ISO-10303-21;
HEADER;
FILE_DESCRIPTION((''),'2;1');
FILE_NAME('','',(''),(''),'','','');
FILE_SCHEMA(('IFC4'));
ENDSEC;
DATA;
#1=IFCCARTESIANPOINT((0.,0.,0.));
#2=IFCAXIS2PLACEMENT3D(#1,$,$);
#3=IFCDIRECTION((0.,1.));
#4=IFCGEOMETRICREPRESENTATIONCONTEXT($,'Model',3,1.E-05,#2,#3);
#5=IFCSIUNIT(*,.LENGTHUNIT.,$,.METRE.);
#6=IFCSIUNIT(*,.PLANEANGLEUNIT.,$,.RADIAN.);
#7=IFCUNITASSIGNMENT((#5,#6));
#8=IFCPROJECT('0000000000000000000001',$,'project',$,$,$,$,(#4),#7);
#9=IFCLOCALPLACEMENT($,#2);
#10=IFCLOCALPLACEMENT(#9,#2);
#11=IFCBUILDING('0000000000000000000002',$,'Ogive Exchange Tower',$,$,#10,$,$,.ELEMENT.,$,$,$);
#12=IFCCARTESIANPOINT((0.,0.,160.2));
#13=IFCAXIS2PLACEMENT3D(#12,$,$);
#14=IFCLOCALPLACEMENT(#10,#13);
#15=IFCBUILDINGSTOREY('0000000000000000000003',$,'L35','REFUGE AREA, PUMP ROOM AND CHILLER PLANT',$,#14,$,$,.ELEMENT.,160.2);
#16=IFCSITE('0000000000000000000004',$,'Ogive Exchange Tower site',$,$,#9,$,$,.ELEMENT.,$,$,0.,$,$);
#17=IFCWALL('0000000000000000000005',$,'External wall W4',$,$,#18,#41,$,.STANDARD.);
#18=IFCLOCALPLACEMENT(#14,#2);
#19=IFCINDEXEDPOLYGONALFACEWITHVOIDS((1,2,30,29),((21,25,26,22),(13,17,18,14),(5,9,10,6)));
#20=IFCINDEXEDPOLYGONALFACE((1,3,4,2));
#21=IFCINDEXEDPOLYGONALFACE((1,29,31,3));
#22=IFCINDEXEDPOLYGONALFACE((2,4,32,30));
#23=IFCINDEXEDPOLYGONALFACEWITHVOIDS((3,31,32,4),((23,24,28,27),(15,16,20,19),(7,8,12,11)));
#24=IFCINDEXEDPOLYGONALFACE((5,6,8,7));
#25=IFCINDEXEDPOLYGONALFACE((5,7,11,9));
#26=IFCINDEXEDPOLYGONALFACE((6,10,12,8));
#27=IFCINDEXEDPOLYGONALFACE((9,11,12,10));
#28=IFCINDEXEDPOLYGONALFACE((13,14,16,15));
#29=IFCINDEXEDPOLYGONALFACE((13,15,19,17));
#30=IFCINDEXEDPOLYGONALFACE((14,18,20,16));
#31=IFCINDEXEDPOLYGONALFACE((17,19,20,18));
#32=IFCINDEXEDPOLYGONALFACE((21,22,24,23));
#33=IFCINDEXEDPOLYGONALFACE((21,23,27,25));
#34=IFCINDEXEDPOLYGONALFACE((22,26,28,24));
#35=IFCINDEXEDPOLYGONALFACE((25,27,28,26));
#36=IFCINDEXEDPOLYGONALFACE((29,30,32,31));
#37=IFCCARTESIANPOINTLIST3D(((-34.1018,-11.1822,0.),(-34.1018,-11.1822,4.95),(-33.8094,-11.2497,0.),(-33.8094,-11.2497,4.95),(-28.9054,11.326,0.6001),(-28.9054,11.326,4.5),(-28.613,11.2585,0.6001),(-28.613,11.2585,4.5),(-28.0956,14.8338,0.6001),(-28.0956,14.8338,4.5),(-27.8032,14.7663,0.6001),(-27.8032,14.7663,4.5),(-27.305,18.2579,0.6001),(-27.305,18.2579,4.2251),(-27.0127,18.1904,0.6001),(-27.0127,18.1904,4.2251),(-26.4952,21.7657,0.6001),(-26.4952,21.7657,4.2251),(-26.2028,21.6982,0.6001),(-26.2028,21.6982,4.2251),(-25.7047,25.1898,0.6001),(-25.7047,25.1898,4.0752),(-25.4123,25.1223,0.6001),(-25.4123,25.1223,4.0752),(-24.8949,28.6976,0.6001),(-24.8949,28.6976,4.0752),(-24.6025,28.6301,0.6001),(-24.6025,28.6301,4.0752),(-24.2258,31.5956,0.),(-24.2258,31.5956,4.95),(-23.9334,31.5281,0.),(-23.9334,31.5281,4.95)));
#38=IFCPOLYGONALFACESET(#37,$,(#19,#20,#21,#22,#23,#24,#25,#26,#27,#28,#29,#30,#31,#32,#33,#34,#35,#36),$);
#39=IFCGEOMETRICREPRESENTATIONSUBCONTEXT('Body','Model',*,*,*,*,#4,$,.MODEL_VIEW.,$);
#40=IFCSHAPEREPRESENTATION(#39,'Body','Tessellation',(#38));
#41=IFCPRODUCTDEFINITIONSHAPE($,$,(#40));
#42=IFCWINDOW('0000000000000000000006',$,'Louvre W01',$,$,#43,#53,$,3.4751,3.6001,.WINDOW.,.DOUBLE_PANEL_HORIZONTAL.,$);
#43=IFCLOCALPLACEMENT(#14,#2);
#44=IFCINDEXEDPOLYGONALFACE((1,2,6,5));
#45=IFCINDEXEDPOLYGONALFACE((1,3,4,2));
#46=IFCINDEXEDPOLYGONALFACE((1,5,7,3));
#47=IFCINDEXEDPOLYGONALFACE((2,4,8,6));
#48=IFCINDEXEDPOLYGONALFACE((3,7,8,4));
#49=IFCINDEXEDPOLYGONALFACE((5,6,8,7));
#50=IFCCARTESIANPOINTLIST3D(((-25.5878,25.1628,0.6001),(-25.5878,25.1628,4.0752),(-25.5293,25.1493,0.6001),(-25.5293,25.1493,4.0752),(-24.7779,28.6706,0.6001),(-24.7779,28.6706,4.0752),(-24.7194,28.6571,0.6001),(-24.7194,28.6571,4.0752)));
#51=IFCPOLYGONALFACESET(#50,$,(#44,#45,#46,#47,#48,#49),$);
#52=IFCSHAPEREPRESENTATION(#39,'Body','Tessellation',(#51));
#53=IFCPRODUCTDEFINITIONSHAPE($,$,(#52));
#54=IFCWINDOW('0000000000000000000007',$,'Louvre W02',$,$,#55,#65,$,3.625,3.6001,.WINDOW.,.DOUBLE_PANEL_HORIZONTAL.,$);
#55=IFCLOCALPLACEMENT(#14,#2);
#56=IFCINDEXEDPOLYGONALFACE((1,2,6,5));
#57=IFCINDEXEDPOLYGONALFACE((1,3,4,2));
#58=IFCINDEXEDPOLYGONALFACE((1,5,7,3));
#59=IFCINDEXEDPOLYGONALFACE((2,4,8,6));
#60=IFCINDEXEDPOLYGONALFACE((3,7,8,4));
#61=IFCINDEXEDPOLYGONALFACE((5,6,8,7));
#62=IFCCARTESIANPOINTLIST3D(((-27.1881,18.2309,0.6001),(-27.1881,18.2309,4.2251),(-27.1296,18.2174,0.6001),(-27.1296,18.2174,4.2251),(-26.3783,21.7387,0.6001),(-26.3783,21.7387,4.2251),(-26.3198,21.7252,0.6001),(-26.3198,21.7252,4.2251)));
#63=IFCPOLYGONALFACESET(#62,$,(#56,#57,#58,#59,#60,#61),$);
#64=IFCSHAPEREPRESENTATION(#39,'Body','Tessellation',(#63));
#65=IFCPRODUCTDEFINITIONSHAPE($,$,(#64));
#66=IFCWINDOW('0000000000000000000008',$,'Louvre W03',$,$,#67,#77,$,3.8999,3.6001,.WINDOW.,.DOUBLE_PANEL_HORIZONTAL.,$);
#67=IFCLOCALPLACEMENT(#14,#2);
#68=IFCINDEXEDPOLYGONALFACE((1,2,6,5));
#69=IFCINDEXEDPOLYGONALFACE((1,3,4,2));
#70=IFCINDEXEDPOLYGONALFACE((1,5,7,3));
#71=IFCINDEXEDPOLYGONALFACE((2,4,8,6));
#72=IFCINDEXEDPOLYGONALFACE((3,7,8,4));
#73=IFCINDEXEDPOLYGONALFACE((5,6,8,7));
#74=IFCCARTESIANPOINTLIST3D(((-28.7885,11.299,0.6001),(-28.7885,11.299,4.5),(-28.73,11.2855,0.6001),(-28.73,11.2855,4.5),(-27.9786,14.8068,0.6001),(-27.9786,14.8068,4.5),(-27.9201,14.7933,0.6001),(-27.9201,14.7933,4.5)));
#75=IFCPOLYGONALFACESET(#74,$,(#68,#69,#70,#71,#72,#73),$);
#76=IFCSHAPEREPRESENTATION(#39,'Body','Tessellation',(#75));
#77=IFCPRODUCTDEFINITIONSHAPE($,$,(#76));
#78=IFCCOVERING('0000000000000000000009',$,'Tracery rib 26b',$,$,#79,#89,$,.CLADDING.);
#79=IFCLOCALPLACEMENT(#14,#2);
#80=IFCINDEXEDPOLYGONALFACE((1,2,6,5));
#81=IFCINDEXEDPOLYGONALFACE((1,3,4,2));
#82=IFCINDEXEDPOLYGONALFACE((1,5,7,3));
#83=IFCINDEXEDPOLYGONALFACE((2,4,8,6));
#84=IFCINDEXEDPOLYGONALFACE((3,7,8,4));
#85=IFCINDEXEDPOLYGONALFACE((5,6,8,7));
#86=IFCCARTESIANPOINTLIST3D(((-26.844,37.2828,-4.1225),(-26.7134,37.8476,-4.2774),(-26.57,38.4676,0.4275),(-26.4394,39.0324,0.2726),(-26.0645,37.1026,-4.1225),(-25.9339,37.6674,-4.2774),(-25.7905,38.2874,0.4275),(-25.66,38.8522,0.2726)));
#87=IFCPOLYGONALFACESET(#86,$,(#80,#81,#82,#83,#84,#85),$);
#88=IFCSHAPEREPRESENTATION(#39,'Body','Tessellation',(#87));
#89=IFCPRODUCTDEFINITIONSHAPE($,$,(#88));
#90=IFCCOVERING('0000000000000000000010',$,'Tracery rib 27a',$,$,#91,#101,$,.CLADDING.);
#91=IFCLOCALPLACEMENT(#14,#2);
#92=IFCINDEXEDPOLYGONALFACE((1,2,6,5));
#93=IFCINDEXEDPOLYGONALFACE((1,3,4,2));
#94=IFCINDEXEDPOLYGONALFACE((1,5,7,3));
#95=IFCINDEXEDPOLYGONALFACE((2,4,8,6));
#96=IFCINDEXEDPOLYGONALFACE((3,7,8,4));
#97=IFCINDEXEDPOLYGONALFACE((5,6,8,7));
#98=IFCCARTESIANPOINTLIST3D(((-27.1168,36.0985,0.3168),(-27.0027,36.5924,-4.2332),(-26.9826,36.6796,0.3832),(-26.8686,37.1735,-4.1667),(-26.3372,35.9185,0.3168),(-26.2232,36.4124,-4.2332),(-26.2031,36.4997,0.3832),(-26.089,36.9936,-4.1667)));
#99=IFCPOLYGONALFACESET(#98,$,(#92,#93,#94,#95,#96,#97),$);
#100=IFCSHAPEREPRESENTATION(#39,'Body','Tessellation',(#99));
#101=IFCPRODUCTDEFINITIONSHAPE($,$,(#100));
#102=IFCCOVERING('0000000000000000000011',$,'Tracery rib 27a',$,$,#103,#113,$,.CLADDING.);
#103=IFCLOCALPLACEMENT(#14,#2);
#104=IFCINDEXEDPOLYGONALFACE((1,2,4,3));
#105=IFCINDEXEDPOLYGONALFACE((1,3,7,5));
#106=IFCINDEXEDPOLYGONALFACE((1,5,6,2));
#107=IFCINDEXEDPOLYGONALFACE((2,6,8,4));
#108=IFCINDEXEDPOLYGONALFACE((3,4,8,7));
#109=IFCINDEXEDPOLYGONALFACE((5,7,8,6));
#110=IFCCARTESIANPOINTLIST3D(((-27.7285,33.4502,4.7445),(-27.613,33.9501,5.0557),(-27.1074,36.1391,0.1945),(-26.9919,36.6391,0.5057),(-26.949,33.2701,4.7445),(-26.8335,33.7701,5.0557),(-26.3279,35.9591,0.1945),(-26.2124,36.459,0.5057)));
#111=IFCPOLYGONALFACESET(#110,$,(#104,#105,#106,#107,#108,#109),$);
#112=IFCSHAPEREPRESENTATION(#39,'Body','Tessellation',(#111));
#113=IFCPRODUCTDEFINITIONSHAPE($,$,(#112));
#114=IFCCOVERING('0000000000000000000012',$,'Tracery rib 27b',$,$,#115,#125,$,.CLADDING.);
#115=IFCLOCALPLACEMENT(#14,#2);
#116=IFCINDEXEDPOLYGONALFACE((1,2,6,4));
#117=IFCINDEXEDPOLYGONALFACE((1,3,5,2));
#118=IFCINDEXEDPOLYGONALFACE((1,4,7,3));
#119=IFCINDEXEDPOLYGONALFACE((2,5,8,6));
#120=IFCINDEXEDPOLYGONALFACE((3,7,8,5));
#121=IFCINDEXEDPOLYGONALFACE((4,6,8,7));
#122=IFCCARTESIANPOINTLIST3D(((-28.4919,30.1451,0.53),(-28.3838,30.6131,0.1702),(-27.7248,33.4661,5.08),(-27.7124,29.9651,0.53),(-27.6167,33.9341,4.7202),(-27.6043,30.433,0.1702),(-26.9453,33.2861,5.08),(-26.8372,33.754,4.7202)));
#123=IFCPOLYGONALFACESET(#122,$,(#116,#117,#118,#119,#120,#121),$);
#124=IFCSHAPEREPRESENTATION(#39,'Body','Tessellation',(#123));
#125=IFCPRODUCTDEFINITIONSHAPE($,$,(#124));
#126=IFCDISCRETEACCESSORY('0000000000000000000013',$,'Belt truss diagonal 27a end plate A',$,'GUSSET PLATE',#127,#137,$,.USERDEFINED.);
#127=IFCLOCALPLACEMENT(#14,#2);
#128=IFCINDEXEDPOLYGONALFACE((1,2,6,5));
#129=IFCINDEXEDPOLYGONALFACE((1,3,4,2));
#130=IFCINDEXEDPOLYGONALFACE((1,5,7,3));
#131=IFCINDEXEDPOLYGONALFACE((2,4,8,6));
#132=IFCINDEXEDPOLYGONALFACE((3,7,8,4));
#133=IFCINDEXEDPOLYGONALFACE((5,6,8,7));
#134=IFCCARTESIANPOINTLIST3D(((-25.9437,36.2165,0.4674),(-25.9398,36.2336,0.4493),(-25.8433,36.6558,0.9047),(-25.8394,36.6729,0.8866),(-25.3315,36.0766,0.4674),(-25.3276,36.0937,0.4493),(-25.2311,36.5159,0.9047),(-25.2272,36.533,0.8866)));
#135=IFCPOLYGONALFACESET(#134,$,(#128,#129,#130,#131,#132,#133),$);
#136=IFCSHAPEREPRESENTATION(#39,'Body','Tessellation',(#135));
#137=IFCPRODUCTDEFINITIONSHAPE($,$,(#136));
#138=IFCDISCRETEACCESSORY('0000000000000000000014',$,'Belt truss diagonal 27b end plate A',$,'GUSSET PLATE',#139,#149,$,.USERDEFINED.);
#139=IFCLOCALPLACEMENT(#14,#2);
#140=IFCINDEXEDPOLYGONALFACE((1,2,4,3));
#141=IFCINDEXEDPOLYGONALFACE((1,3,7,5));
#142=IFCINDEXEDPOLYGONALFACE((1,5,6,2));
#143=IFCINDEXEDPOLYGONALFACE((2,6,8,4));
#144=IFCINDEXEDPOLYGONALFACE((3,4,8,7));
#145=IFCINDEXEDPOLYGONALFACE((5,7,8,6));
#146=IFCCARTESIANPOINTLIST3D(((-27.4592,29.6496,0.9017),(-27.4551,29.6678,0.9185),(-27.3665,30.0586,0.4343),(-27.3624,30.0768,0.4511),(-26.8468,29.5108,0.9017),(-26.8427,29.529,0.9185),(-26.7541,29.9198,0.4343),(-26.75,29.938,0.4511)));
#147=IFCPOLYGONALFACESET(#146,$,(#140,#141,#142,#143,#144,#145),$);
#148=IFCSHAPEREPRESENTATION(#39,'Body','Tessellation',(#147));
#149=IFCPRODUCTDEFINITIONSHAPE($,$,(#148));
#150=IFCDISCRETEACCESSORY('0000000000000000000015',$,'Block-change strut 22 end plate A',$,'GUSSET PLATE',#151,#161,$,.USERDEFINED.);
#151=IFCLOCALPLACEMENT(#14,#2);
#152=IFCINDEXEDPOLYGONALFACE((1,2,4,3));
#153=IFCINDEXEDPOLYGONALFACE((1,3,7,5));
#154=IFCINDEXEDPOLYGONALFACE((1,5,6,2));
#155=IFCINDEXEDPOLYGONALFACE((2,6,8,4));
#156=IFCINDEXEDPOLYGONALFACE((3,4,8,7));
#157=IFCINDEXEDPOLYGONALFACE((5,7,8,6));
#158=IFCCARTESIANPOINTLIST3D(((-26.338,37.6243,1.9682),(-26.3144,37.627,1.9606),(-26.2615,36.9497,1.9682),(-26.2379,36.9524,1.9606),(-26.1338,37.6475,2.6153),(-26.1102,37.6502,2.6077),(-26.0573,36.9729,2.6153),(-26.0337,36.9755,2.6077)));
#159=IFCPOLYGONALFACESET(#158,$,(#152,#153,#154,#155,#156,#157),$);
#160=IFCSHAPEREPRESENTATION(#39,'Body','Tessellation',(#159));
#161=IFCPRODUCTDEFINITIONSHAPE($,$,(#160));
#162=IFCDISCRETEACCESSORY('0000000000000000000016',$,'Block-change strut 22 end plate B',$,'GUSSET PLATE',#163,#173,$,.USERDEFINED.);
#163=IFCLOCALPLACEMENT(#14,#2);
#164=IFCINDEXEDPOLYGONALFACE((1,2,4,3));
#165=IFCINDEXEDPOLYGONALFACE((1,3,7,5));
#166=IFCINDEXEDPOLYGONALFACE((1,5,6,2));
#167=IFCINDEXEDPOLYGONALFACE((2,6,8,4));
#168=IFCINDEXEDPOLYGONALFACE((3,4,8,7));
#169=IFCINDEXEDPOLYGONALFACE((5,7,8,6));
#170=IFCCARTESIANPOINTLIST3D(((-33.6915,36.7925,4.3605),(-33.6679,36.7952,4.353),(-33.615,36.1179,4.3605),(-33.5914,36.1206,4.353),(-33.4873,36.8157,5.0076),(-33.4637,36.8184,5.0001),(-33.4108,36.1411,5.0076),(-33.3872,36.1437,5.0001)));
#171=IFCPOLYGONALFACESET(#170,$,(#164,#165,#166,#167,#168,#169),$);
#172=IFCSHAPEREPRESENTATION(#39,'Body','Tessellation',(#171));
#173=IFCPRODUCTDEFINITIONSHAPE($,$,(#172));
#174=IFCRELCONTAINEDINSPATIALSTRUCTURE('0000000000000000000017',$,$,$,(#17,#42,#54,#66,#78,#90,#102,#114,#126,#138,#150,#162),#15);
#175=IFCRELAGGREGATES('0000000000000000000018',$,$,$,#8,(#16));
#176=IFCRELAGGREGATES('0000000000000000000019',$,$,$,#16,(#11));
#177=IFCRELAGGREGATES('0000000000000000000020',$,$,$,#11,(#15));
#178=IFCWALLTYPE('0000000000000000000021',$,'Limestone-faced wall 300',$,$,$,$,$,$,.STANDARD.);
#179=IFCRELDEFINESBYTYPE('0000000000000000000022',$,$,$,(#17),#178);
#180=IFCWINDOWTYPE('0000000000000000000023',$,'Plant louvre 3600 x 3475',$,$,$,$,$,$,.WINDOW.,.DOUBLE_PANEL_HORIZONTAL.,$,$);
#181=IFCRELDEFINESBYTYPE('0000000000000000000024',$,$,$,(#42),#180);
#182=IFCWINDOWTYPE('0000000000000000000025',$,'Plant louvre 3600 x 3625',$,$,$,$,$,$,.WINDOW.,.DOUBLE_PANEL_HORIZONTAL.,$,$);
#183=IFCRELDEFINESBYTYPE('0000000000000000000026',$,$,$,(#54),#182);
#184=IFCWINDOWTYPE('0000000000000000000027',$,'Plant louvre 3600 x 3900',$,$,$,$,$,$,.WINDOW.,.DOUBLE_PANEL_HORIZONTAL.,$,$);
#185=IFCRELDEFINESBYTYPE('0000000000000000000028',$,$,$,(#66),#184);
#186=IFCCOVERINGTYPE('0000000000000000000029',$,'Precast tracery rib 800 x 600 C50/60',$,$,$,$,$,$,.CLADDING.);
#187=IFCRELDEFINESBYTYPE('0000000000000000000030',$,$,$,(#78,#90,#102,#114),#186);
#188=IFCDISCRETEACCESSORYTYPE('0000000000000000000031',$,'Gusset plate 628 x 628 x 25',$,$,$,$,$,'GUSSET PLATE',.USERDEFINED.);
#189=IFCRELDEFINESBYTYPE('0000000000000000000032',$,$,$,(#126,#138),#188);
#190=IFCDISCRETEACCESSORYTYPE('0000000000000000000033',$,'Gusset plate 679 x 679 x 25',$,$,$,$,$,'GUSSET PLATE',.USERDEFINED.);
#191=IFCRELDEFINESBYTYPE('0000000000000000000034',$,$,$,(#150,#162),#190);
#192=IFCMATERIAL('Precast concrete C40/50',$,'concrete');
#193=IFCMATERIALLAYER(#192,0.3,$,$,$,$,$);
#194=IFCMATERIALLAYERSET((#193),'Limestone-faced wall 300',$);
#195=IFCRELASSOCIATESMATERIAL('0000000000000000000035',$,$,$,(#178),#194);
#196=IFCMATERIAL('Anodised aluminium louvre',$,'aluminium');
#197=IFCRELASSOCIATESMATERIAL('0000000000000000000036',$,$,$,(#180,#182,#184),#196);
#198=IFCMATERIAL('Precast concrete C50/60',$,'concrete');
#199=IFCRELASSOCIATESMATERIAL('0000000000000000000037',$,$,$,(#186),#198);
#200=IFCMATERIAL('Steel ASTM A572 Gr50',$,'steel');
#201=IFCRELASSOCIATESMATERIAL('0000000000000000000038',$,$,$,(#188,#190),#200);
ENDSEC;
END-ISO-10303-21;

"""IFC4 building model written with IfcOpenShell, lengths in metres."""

from ifc_helpers import new_model, si_unit, direction, frame, frame_2d, origin, origin_2d, place, context, subcontext, project, spatial, rectangle, extrude, material, layer, layer_set, material_profile, profile_set, type_object, element, fill, save


model = new_model("IFC4")

# Units and contexts
model_context = context("Model", 3, precision=1e-05, world=origin(), true_north=direction((0.0, 1.0)))
body_context = subcontext(model_context, "Body", "Model", "MODEL_VIEW")
ifc_project = project(units=[si_unit("LENGTHUNIT", "METRE"), si_unit("PLANEANGLEUNIT", "RADIAN")], contexts=[model_context])

# Site, building, storey
site_placement = place(None, origin())
site = spatial("IfcSite", under=ifc_project, at=site_placement, Name="Ogive Exchange Tower site", CompositionType="ELEMENT", RefElevation=0.0)
building_placement = place(site_placement, origin())
building = spatial("IfcBuilding", under=site, at=building_placement, Name="Ogive Exchange Tower", CompositionType="ELEMENT")
storey_placement = place(building_placement, frame((0.0, 0.0, 160.2)))
storey = spatial("IfcBuildingStorey", under=building, at=storey_placement, Name="L35", Description="REFUGE AREA, PUMP ROOM AND CHILLER PLANT", CompositionType="ELEMENT", Elevation=160.2)

# Shared definitions
ifc_material_1 = material(Name="Precast concrete C40/50", Category="concrete")
ifc_layer = layer(ifc_material_1, 0.3)
ifc_layer_set = layer_set([ifc_layer], Name="Limestone-faced wall 300")
wall_type = type_object("IfcWallType", Name="Limestone-faced wall 300", PredefinedType="STANDARD", material=ifc_layer_set)

# Shared definitions
ifc_material_2 = material(Name="Anodised aluminium louvre", Category="aluminium")

# Wall, openings, windows
wall_1_placement = place(storey_placement, frame((-24.0796, 31.562, 0.0), z_axis=(0.0, 0.0, 1.0), x_axis=(-0.22495, -0.97437, 0.0)))
wall_1 = element("IfcWall", 1, at=wall_1_placement, inside=storey, type_object=wall_type, Name="External wall W4", PredefinedType="STANDARD", context=body_context, shape_type="SweptSolid", body=[
    extrude(rectangle(XDim=43.9031, YDim=0.3, at=frame_2d((21.9517, 0.0))), origin(), (0.0, 0.0, 1.0), 4.95),
])
opening_1_placement = place(wall_1_placement, frame((2.9744, 0.0, 0.6001)))
opening_1 = element("IfcOpeningElement", 2, at=opening_1_placement, cuts=wall_1, PredefinedType="OPENING", context=body_context, shape_type="SweptSolid", body=[
    extrude(rectangle(XDim=3.6001, YDim=3.4751, at=frame_2d((1.8, 1.7375))), frame((0.0, 0.1599, 0.0), z_axis=(0.0, -1.0, 0.0), x_axis=(1.0, 0.0, 0.0)), (0.0, 0.0, 1.0), 0.3201),
])
opening_2_placement = place(wall_1_placement, frame((10.0886, 0.0, 0.6001)))
opening_2 = element("IfcOpeningElement", 3, at=opening_2_placement, cuts=wall_1, PredefinedType="OPENING", context=body_context, shape_type="SweptSolid", body=[
    extrude(rectangle(XDim=3.6001, YDim=3.625, at=frame_2d((1.8, 1.8125))), frame((0.0, 0.1599, 0.0), z_axis=(0.0, -1.0, 0.0), x_axis=(1.0, 0.0, 0.0)), (0.0, 0.0, 1.0), 0.3201),
])
opening_3_placement = place(wall_1_placement, frame((17.2029, 0.0, 0.6001)))
opening_3 = element("IfcOpeningElement", 4, at=opening_3_placement, cuts=wall_1, PredefinedType="OPENING", context=body_context, shape_type="SweptSolid", body=[
    extrude(rectangle(XDim=3.6001, YDim=3.8999, at=frame_2d((1.8, 1.95))), frame((0.0, 0.1599, 0.0), z_axis=(0.0, -1.0, 0.0), x_axis=(1.0, 0.0, 0.0)), (0.0, 0.0, 1.0), 0.3201),
])
window_type_1 = type_object("IfcWindowType", Name="Plant louvre 3600 x 3475", PartitioningType="DOUBLE_PANEL_HORIZONTAL", PredefinedType="WINDOW", material=ifc_material_2)
window_1_placement = place(opening_1_placement, origin())
window_1 = element("IfcWindow", 5, at=window_1_placement, inside=storey, type_object=window_type_1, Name="Louvre W01", OverallHeight=3.4751, OverallWidth=3.6001, PartitioningType="DOUBLE_PANEL_HORIZONTAL", PredefinedType="WINDOW", context=body_context, shape_type="SweptSolid", body=[
    extrude(rectangle(XDim=3.6001, YDim=3.4751, at=frame_2d((1.8, 1.7375))), frame((0.0, 0.03, 0.0), z_axis=(0.0, -1.0, 0.0), x_axis=(1.0, 0.0, 0.0)), (0.0, 0.0, 1.0), 0.0601),
])
fill(opening_1, window_1)
window_type_2 = type_object("IfcWindowType", Name="Plant louvre 3600 x 3625", PartitioningType="DOUBLE_PANEL_HORIZONTAL", PredefinedType="WINDOW", material=ifc_material_2)
window_2_placement = place(opening_2_placement, origin())
window_2 = element("IfcWindow", 6, at=window_2_placement, inside=storey, type_object=window_type_2, Name="Louvre W02", OverallHeight=3.625, OverallWidth=3.6001, PartitioningType="DOUBLE_PANEL_HORIZONTAL", PredefinedType="WINDOW", context=body_context, shape_type="SweptSolid", body=[
    extrude(rectangle(XDim=3.6001, YDim=3.625, at=frame_2d((1.8, 1.8125))), frame((0.0, 0.03, 0.0), z_axis=(0.0, -1.0, 0.0), x_axis=(1.0, 0.0, 0.0)), (0.0, 0.0, 1.0), 0.0601),
])
fill(opening_2, window_2)
window_type_3 = type_object("IfcWindowType", Name="Plant louvre 3600 x 3900", PartitioningType="DOUBLE_PANEL_HORIZONTAL", PredefinedType="WINDOW", material=ifc_material_2)
window_3_placement = place(opening_3_placement, origin())
window_3 = element("IfcWindow", 7, at=window_3_placement, inside=storey, type_object=window_type_3, Name="Louvre W03", OverallHeight=3.8999, OverallWidth=3.6001, PartitioningType="DOUBLE_PANEL_HORIZONTAL", PredefinedType="WINDOW", context=body_context, shape_type="SweptSolid", body=[
    extrude(rectangle(XDim=3.6001, YDim=3.8999, at=frame_2d((1.8, 1.95))), frame((0.0, 0.03, 0.0), z_axis=(0.0, -1.0, 0.0), x_axis=(1.0, 0.0, 0.0)), (0.0, 0.0, 1.0), 0.0601),
])
fill(opening_3, window_3)

# Coverings
ifc_material_3 = material(Name="Precast concrete C50/60", Category="concrete")
ifc_material_profile_1 = material_profile(ifc_material_3, rectangle(XDim=0.8, YDim=0.6001, at=origin_2d()), Name="RIB 800 x 600")
ifc_profile_set_1 = profile_set([ifc_material_profile_1], Name="Precast concrete C50/60")
covering_type = type_object("IfcCoveringType", Name="Precast tracery rib 800 x 600 C50/60", PredefinedType="CLADDING", material=ifc_profile_set_1)
covering_1_placement = place(storey_placement, frame((-26.3889, 37.4751, -4.2), z_axis=(0.058161, 0.251566, 0.966091), x_axis=(-0.9743, 0.225255, 0.0)))
element("IfcCovering", 8, at=covering_1_placement, inside=storey, type_object=covering_type, Name="Tracery rib 26b", PredefinedType="CLADDING", context=body_context, shape_type="SweptSolid", body=[
    extrude(rectangle(XDim=0.8, YDim=0.6001, at=origin_2d()), origin(), (0.0, 0.0, 1.0), 4.7097),
])
covering_2_placement = place(storey_placement, frame((-26.5459, 36.793, -4.2), z_axis=(-0.024904, -0.10788, 0.993852), x_axis=(0.974375, -0.22493, 0.0)))
element("IfcCovering", 9, at=covering_2_placement, inside=storey, type_object=covering_type, Name="Tracery rib 27a", PredefinedType="CLADDING", context=body_context, shape_type="SweptSolid", body=[
    extrude(rectangle(XDim=0.8, YDim=0.6001, at=origin_2d()), origin(), (0.0, 0.0, 1.0), 4.5781),
])
covering_3_placement = place(storey_placement, frame((-26.6599, 36.2991, 0.3501), z_axis=(-0.116712, -0.505294, 0.855018), x_axis=(0.974346, -0.225053, 0.0)))
element("IfcCovering", 10, at=covering_3_placement, inside=storey, type_object=covering_type, Name="Tracery rib 27a", PredefinedType="CLADDING", context=body_context, shape_type="SweptSolid", body=[
    extrude(rectangle(XDim=0.8, YDim=0.6001, at=origin_2d()), origin(), (0.0, 0.0, 1.0), 5.3215),
])
covering_4_placement = place(storey_placement, frame((-28.0481, 30.2891, 0.3501), z_axis=(0.134929, 0.584163, 0.800342), x_axis=(-0.974347, 0.225053, 0.0)))
element("IfcCovering", 11, at=covering_4_placement, inside=storey, type_object=covering_type, Name="Tracery rib 27b", PredefinedType="CLADDING", context=body_context, shape_type="SweptSolid", body=[
    extrude(rectangle(XDim=0.8, YDim=0.6001, at=origin_2d()), origin(), (0.0, 0.0, 1.0), 5.6851),
])

# Discrete accessories
ifc_material_4 = material(Name="Steel ASTM A572 Gr50", Category="steel")
ifc_material_profile_2 = material_profile(ifc_material_4, rectangle(XDim=0.6279, YDim=0.6279, at=origin_2d()), Name="PL 628 x 628 x 25")
ifc_profile_set_2 = profile_set([ifc_material_profile_2], Name="Steel ASTM A572 Gr50")
discrete_accessory_type_1 = type_object("IfcDiscreteAccessoryType", Name="Gusset plate 628 x 628 x 25", ElementType="GUSSET PLATE", PredefinedType="USERDEFINED", material=ifc_profile_set_2)
for number, where, z_axis, x_axis, name in (
    (12, (-25.5835, 36.3833, 0.668), (-0.155172, -0.678876, 0.717669), (0.974859, -0.222825, 0.0), "Belt truss diagonal 27a end plate A"),
    (13, (-27.1067, 29.7847, 0.668), (0.164538, 0.725901, 0.667829), (-0.97526, 0.221059, 0.0), "Belt truss diagonal 27b end plate A"),
):
    element("IfcDiscreteAccessory", number, at=place(storey_placement, frame(where, z_axis=z_axis, x_axis=x_axis)), inside=storey, type_object=discrete_accessory_type_1, Name=name, ObjectType="GUSSET PLATE", PredefinedType="USERDEFINED", context=body_context, shape_type="SweptSolid", body=[
        extrude(rectangle(XDim=0.6279, YDim=0.6279, at=origin_2d()), origin(), (0.0, 0.0, 1.0), 0.0251),
    ])
ifc_material_profile_3 = material_profile(ifc_material_4, rectangle(XDim=0.679, YDim=0.679, at=origin_2d()), Name="PL 679 x 679 x 25")
ifc_profile_set_3 = profile_set([ifc_material_profile_3], Name="Steel ASTM A572 Gr50")
discrete_accessory_type_2 = type_object("IfcDiscreteAccessoryType", Name="Gusset plate 679 x 679 x 25", ElementType="GUSSET PLATE", PredefinedType="USERDEFINED", material=ifc_profile_set_3)
for number, where, z_axis, x_axis, name in (
    (14, (-26.1741, 37.3013, 2.2842), (-0.947029, -0.107395, 0.302659), (0.11268, -0.993631, 0.0), "Block-change strut 22 end plate A"),
    (15, (-33.5276, 36.4695, 4.6765), (-0.947029, -0.107395, 0.302659), (0.11268, -0.993631, 0.0), "Block-change strut 22 end plate B"),
):
    element("IfcDiscreteAccessory", number, at=place(storey_placement, frame(where, z_axis=z_axis, x_axis=x_axis)), inside=storey, type_object=discrete_accessory_type_2, Name=name, ObjectType="GUSSET PLATE", PredefinedType="USERDEFINED", context=body_context, shape_type="SweptSolid", body=[
        extrude(rectangle(XDim=0.679, YDim=0.679, at=origin_2d()), origin(), (0.0, 0.0, 1.0), 0.0249),
    ])

save(model, "model.ifc")
